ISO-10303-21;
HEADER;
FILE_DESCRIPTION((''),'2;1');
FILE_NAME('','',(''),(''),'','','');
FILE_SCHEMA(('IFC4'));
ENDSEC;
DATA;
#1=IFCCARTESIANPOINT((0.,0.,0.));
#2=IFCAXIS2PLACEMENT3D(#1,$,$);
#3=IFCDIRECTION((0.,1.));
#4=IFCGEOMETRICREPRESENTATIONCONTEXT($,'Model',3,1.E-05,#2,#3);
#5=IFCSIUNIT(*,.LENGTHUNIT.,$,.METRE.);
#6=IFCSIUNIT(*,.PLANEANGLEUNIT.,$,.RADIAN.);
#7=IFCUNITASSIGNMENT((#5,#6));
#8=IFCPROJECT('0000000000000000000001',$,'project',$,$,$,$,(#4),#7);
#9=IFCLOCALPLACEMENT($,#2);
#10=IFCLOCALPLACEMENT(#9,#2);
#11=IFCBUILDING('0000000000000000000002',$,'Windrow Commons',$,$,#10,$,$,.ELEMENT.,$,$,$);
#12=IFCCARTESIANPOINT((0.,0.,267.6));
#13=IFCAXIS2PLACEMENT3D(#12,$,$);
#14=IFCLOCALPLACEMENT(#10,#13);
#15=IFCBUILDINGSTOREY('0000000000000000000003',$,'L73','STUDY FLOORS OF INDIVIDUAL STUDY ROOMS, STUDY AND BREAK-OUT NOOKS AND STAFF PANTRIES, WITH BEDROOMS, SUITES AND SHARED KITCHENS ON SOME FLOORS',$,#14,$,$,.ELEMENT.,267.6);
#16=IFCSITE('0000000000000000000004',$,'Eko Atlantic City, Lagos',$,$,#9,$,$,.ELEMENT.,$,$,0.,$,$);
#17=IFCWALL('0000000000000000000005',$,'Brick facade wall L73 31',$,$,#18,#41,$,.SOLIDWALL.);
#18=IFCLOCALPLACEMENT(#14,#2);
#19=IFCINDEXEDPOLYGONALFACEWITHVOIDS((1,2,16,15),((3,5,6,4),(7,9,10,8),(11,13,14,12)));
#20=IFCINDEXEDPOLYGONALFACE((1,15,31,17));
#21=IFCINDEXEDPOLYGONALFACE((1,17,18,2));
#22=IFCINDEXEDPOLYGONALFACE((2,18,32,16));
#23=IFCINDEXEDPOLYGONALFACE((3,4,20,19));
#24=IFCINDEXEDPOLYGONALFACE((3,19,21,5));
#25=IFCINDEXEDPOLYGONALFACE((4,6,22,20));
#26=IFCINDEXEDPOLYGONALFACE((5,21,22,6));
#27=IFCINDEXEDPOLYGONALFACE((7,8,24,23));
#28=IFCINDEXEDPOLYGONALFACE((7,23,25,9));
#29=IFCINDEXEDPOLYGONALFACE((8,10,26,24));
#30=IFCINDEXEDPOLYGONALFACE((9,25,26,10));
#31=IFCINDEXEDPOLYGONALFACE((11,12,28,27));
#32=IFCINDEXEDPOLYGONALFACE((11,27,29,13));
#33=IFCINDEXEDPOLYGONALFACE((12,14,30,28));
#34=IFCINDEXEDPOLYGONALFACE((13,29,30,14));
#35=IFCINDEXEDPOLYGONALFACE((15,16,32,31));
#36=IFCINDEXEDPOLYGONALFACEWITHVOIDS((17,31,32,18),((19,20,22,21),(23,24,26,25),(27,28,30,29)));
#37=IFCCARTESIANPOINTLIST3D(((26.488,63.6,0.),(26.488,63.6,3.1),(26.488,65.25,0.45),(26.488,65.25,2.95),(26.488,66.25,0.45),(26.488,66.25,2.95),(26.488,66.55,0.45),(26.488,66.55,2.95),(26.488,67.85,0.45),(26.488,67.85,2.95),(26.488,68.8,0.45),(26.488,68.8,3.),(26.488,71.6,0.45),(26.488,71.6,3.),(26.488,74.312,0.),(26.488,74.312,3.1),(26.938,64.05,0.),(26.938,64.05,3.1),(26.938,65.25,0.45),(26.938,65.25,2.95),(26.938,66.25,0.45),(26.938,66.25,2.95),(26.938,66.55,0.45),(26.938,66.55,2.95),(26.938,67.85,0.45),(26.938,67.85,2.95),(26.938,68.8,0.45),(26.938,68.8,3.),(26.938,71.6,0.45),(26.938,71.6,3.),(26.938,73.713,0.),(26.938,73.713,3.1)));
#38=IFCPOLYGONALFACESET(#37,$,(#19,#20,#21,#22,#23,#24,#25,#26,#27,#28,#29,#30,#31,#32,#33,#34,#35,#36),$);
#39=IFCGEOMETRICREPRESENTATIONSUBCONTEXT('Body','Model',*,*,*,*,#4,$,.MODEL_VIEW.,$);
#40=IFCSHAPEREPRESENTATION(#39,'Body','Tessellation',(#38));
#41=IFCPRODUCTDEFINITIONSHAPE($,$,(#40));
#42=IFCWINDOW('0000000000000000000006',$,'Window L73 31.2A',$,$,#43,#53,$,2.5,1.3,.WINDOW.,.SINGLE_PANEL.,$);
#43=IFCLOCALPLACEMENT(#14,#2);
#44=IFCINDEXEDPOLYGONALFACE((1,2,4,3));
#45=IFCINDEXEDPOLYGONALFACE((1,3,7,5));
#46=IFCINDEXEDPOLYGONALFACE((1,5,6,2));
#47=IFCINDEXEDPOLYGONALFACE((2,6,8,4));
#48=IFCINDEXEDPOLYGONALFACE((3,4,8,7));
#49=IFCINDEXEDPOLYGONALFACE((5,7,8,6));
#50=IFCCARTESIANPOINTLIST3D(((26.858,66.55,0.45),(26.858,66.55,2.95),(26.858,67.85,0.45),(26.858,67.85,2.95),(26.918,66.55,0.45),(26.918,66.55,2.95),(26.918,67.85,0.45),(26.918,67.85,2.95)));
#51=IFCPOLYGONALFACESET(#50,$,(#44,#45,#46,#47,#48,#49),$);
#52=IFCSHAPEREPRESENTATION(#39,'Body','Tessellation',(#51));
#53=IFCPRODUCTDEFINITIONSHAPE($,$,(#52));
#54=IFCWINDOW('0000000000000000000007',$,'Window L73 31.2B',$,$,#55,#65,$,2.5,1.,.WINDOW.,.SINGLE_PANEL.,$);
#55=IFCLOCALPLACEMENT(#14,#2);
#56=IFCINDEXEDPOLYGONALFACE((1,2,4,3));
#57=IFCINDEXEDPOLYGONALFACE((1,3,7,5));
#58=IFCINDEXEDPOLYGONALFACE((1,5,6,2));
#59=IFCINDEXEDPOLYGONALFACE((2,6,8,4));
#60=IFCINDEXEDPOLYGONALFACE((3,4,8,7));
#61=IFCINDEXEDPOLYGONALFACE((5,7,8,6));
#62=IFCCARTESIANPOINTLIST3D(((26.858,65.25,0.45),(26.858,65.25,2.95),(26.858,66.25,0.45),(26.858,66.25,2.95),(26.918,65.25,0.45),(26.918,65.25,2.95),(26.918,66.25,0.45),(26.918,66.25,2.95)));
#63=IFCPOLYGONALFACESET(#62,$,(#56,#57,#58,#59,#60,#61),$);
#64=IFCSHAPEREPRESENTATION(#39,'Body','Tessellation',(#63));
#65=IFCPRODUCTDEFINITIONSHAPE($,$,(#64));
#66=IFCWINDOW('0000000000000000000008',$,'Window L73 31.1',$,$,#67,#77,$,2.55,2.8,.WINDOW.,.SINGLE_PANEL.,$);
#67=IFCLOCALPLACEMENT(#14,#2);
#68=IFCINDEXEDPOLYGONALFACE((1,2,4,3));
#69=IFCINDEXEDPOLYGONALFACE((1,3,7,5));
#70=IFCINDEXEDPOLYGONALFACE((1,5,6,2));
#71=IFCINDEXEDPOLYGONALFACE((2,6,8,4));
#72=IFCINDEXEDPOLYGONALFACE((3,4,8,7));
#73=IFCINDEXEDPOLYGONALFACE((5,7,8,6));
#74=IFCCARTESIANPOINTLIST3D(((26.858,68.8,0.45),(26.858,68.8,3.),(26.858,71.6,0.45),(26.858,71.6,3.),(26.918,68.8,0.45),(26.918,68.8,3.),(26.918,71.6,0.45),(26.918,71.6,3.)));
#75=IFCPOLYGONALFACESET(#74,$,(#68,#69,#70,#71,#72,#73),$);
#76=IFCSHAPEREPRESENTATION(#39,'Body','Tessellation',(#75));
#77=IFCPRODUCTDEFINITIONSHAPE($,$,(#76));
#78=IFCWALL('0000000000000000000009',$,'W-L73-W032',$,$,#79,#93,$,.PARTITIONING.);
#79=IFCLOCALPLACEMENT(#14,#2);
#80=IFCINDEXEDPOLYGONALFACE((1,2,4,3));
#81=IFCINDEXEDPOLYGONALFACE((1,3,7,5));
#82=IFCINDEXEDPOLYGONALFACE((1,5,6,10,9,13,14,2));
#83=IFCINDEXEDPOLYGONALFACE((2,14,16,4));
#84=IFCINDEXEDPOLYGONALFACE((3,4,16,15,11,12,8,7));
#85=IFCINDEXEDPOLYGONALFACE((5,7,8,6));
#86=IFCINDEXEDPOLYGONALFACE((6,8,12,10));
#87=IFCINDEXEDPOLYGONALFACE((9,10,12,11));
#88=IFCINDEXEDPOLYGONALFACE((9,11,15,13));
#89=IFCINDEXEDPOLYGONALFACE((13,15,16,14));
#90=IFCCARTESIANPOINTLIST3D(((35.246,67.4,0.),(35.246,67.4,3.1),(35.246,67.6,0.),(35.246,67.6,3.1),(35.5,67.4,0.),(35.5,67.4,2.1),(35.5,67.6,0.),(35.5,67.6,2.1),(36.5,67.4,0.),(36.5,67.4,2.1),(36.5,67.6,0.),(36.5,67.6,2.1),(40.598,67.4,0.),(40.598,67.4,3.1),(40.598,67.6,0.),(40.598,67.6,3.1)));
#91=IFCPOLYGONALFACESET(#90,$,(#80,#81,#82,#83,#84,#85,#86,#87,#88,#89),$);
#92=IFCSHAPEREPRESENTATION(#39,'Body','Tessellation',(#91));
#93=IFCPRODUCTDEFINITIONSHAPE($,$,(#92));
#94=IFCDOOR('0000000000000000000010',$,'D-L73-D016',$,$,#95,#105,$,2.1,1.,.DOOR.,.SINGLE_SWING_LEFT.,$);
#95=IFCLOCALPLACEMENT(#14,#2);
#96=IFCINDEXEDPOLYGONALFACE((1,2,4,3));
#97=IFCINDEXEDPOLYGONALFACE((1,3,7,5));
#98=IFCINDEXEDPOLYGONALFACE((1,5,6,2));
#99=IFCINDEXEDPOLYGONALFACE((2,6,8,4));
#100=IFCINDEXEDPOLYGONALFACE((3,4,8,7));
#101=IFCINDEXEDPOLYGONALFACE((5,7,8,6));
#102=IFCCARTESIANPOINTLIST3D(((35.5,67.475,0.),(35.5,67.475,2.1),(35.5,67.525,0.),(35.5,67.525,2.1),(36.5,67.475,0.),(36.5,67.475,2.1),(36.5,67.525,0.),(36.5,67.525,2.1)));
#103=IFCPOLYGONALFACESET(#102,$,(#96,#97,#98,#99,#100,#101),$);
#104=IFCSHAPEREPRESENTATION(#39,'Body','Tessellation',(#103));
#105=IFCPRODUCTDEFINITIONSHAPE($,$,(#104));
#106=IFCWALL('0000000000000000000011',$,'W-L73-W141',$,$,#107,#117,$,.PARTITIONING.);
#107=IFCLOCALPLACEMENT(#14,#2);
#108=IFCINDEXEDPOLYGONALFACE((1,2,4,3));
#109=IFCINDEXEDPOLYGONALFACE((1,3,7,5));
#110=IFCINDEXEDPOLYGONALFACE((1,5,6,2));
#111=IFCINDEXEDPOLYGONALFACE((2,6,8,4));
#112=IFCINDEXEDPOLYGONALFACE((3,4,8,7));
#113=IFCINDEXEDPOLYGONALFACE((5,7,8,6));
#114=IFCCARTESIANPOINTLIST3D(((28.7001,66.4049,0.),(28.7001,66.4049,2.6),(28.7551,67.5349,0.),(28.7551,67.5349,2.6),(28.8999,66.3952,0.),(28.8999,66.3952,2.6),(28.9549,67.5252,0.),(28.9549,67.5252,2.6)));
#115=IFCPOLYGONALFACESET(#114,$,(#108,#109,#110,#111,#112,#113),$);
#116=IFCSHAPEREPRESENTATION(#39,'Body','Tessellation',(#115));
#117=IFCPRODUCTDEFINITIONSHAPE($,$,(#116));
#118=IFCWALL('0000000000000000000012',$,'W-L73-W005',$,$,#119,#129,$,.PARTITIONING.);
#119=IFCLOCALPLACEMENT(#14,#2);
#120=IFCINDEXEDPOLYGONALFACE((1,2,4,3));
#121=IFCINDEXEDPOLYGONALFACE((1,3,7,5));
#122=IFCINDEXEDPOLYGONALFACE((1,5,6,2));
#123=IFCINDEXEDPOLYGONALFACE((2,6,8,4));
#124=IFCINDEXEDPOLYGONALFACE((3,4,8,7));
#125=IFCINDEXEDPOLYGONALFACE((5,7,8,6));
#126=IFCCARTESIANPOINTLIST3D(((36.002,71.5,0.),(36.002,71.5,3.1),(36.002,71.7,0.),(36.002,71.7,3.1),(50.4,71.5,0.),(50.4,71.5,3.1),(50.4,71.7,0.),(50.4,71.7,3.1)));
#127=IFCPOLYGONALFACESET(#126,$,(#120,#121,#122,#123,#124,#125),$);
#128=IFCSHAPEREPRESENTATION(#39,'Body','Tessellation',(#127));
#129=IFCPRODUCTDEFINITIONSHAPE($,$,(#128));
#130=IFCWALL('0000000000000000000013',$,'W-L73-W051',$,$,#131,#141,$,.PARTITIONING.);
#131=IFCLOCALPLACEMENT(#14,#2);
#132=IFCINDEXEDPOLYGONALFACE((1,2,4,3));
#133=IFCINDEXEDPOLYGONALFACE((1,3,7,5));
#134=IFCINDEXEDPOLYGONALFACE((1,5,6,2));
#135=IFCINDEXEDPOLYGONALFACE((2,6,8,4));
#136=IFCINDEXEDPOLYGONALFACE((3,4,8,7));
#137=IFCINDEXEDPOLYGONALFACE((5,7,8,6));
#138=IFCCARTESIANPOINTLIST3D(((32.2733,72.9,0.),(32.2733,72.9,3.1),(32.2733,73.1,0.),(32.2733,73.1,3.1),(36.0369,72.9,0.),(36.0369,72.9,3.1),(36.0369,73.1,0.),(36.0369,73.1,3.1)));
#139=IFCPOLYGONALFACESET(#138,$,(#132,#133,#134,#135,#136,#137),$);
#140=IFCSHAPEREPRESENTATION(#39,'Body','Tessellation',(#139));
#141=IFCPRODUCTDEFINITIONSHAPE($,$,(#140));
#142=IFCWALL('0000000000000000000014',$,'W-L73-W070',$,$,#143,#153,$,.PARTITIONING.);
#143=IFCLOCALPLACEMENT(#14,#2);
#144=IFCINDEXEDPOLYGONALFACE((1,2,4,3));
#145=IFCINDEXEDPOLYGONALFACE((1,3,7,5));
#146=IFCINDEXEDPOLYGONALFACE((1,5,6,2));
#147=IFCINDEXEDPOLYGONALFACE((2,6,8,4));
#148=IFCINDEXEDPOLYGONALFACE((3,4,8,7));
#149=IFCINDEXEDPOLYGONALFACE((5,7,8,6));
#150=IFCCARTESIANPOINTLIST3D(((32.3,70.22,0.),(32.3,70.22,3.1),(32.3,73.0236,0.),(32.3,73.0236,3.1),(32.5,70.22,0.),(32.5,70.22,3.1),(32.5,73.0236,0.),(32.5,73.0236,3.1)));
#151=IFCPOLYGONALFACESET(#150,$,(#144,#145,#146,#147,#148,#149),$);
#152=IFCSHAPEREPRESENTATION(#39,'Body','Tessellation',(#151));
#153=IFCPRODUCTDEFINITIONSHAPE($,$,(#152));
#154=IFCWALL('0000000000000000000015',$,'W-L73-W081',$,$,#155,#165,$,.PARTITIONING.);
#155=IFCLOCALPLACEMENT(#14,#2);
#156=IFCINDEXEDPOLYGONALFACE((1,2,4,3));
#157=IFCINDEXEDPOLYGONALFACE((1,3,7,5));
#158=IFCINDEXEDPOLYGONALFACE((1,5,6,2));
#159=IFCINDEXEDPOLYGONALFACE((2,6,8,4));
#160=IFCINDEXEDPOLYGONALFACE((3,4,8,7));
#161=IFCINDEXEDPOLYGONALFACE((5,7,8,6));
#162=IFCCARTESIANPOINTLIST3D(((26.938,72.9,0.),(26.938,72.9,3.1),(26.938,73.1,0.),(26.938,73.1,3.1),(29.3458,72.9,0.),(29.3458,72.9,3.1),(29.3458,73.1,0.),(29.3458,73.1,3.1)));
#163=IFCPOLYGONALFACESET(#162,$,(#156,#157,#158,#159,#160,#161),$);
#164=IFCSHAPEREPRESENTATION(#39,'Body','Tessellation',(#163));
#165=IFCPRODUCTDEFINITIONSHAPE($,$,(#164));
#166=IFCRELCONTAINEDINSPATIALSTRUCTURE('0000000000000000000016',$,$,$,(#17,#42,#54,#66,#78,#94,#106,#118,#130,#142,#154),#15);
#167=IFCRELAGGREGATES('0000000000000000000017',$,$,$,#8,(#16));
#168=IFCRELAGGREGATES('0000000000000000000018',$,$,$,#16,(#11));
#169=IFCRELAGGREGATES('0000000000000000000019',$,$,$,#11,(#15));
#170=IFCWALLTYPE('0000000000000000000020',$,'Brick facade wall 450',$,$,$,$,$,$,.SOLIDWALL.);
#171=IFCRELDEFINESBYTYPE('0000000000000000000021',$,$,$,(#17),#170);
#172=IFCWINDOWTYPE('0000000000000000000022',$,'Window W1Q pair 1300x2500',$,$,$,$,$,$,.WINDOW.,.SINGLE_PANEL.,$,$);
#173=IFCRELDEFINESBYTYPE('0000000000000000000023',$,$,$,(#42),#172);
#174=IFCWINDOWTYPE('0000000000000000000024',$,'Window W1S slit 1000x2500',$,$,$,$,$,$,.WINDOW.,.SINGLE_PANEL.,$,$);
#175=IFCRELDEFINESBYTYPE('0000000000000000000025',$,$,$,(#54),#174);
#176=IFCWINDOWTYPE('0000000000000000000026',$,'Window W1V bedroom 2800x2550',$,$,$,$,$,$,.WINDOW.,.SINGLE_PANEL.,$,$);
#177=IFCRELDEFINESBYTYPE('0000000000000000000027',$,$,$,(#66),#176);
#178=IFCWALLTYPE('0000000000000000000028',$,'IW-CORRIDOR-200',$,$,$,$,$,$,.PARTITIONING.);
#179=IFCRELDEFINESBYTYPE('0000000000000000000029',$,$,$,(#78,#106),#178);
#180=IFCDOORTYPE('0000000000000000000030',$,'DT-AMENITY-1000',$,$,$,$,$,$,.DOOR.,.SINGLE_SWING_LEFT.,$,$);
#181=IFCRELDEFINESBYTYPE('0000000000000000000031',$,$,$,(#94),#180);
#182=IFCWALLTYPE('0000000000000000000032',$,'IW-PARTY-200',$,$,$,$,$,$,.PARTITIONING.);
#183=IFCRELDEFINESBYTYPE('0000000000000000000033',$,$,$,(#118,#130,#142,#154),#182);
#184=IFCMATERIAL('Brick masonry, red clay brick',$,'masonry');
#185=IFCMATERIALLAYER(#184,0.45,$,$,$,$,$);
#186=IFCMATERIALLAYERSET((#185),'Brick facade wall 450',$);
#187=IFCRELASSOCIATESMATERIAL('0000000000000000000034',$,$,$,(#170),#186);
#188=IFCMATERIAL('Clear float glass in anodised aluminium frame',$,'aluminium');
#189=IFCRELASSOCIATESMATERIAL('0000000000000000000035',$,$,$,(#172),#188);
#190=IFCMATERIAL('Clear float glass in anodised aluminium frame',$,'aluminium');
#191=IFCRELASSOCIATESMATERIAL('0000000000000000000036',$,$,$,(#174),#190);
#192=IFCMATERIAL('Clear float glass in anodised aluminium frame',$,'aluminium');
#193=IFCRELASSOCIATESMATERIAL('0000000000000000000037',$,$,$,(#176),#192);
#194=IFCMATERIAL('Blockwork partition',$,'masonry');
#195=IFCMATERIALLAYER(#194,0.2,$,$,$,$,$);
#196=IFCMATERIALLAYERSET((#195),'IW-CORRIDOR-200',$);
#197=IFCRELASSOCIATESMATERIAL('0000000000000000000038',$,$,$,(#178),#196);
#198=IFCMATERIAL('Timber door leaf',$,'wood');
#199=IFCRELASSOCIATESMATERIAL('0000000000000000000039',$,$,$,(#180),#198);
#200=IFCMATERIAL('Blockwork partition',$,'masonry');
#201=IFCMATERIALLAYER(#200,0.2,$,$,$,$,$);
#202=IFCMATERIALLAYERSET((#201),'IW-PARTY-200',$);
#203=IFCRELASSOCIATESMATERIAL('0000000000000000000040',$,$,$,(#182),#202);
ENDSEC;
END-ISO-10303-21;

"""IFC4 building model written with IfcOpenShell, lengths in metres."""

from ifc_helpers import new_model, si_unit, direction, frame, frame_2d, origin, place, context, subcontext, project, spatial, polyline, rectangle, outline, extrude, material, layer, layer_set, type_object, element, fill, save


model = new_model("IFC4")

# Units and contexts
model_context = context("Model", 3, precision=1e-05, world=origin(), true_north=direction((0.0, 1.0)))
body_context = subcontext(model_context, "Body", "Model", "MODEL_VIEW")
ifc_project = project(units=[si_unit("LENGTHUNIT", "METRE"), si_unit("PLANEANGLEUNIT", "RADIAN")], contexts=[model_context])

# Site, building, storey
site_placement = place(None, origin())
site = spatial("IfcSite", under=ifc_project, at=site_placement, Name="Eko Atlantic City, Lagos", CompositionType="ELEMENT", RefElevation=0.0)
building_placement = place(site_placement, origin())
building = spatial("IfcBuilding", under=site, at=building_placement, Name="Windrow Commons", CompositionType="ELEMENT")
storey_placement = place(building_placement, frame((0.0, 0.0, 267.6)))
storey = spatial("IfcBuildingStorey", under=building, at=storey_placement, Name="L73", Description="STUDY FLOORS OF INDIVIDUAL STUDY ROOMS, STUDY AND BREAK-OUT NOOKS AND STAFF PANTRIES, WITH BEDROOMS, SUITES AND SHARED KITCHENS ON SOME FLOORS", CompositionType="ELEMENT", Elevation=267.6)

# Shared definitions
ifc_material_1 = material(Name="Brick masonry, red clay brick", Category="masonry")
ifc_layer_1 = layer(ifc_material_1, 0.45)
ifc_layer_set_1 = layer_set([ifc_layer_1], Name="Brick facade wall 450")
wall_type_1 = type_object("IfcWallType", Name="Brick facade wall 450", PredefinedType="SOLIDWALL", material=ifc_layer_set_1)

# Wall, openings, windows
wall_1_placement = place(storey_placement, frame((26.713, 74.0125, 0.0), z_axis=(0.0, 0.0, 1.0), x_axis=(0.0, -1.0, 0.0)))
wall_1 = element("IfcWall", 1, at=wall_1_placement, inside=storey, type_object=wall_type_1, Name="Brick facade wall L73 31", PredefinedType="SOLIDWALL", context=body_context, shape_type="SweptSolid", body=[
    extrude(outline(polyline([(-0.2995, -0.225), (10.4125, -0.225), (9.9625, 0.225), (0.2995, 0.225), (-0.2995, -0.225)])), origin(), (0.0, 0.0, 1.0), 3.1),
])
opening_1_placement = place(wall_1_placement, frame((2.4125, 0.0, 0.45)))
opening_1 = element("IfcOpeningElement", 2, at=opening_1_placement, cuts=wall_1, PredefinedType="OPENING", context=body_context, shape_type="SweptSolid", body=[
    extrude(rectangle(XDim=2.8, YDim=2.55, at=frame_2d((1.4, 1.275))), frame((0.0, 0.235, 0.0), z_axis=(0.0, -1.0, 0.0), x_axis=(1.0, 0.0, 0.0)), (0.0, 0.0, 1.0), 0.47),
])
opening_2_placement = place(wall_1_placement, frame((6.1625, 0.0, 0.45)))
opening_2 = element("IfcOpeningElement", 3, at=opening_2_placement, cuts=wall_1, PredefinedType="OPENING", context=body_context, shape_type="SweptSolid", body=[
    extrude(rectangle(XDim=1.3, YDim=2.5, at=frame_2d((0.65, 1.25))), frame((0.0, 0.235, 0.0), z_axis=(0.0, -1.0, 0.0), x_axis=(1.0, 0.0, 0.0)), (0.0, 0.0, 1.0), 0.47),
])
opening_3_placement = place(wall_1_placement, frame((7.7625, 0.0, 0.45)))
opening_3 = element("IfcOpeningElement", 4, at=opening_3_placement, cuts=wall_1, PredefinedType="OPENING", context=body_context, shape_type="SweptSolid", body=[
    extrude(rectangle(XDim=1.0, YDim=2.5, at=frame_2d((0.5, 1.25))), frame((0.0, 0.235, 0.0), z_axis=(0.0, -1.0, 0.0), x_axis=(1.0, 0.0, 0.0)), (0.0, 0.0, 1.0), 0.47),
])
ifc_material_2 = material(Name="Clear float glass in anodised aluminium frame", Category="aluminium")
window_type_1 = type_object("IfcWindowType", Name="Window W1Q pair 1300x2500", PartitioningType="SINGLE_PANEL", PredefinedType="WINDOW", material=ifc_material_2)
window_1_placement = place(opening_2_placement, origin())
window_1 = element("IfcWindow", 5, at=window_1_placement, inside=storey, type_object=window_type_1, Name="Window L73 31.2A", OverallHeight=2.5, OverallWidth=1.3, PartitioningType="SINGLE_PANEL", PredefinedType="WINDOW", context=body_context, shape_type="SweptSolid", body=[
    extrude(rectangle(XDim=1.3, YDim=2.5, at=frame_2d((0.65, 1.25))), frame((0.0, 0.205, 0.0), z_axis=(0.0, -1.0, 0.0), x_axis=(1.0, 0.0, 0.0)), (0.0, 0.0, 1.0), 0.06),
])
fill(opening_2, window_1)
ifc_material_3 = material(Name="Clear float glass in anodised aluminium frame", Category="aluminium")
window_type_2 = type_object("IfcWindowType", Name="Window W1S slit 1000x2500", PartitioningType="SINGLE_PANEL", PredefinedType="WINDOW", material=ifc_material_3)
window_2_placement = place(opening_3_placement, origin())
window_2 = element("IfcWindow", 6, at=window_2_placement, inside=storey, type_object=window_type_2, Name="Window L73 31.2B", OverallHeight=2.5, OverallWidth=1.0, PartitioningType="SINGLE_PANEL", PredefinedType="WINDOW", context=body_context, shape_type="SweptSolid", body=[
    extrude(rectangle(XDim=1.0, YDim=2.5, at=frame_2d((0.5, 1.25))), frame((0.0, 0.205, 0.0), z_axis=(0.0, -1.0, 0.0), x_axis=(1.0, 0.0, 0.0)), (0.0, 0.0, 1.0), 0.06),
])
fill(opening_3, window_2)
ifc_material_4 = material(Name="Clear float glass in anodised aluminium frame", Category="aluminium")
window_type_3 = type_object("IfcWindowType", Name="Window W1V bedroom 2800x2550", PartitioningType="SINGLE_PANEL", PredefinedType="WINDOW", material=ifc_material_4)
window_3_placement = place(opening_1_placement, origin())
window_3 = element("IfcWindow", 7, at=window_3_placement, inside=storey, type_object=window_type_3, Name="Window L73 31.1", OverallHeight=2.55, OverallWidth=2.8, PartitioningType="SINGLE_PANEL", PredefinedType="WINDOW", context=body_context, shape_type="SweptSolid", body=[
    extrude(rectangle(XDim=2.8, YDim=2.55, at=frame_2d((1.4, 1.275))), frame((0.0, 0.205, 0.0), z_axis=(0.0, -1.0, 0.0), x_axis=(1.0, 0.0, 0.0)), (0.0, 0.0, 1.0), 0.06),
])
fill(opening_1, window_3)

# Wall, opening, door
ifc_material_5 = material(Name="Blockwork partition", Category="masonry")
ifc_layer_2 = layer(ifc_material_5, 0.2)
ifc_layer_set_2 = layer_set([ifc_layer_2], Name="IW-CORRIDOR-200")
wall_type_2 = type_object("IfcWallType", Name="IW-CORRIDOR-200", PredefinedType="PARTITIONING", material=ifc_layer_set_2)
wall_2_placement = place(storey_placement, frame((35.246, 67.5, 0.0), z_axis=(0.0, 0.0, 1.0), x_axis=(1.0, 0.0, 0.0)))
wall_2 = element("IfcWall", 8, at=wall_2_placement, inside=storey, type_object=wall_type_2, Name="W-L73-W032", PredefinedType="PARTITIONING", context=body_context, shape_type="SweptSolid", body=[
    extrude(rectangle(XDim=5.352, YDim=0.2, at=frame_2d((2.676, 0.0))), origin(), (0.0, 0.0, 1.0), 3.1),
])
opening_4_placement = place(wall_2_placement, frame((0.254, 0.0, 0.0)))
opening_4 = element("IfcOpeningElement", 9, at=opening_4_placement, cuts=wall_2, PredefinedType="OPENING", context=body_context, shape_type="SweptSolid", body=[
    extrude(rectangle(XDim=1.0, YDim=2.1, at=frame_2d((0.5, 1.05))), frame((0.0, 0.11, 0.0), z_axis=(0.0, -1.0, 0.0), x_axis=(1.0, 0.0, 0.0)), (0.0, 0.0, 1.0), 0.22),
])
ifc_material_6 = material(Name="Timber door leaf", Category="wood")
door_type = type_object("IfcDoorType", Name="DT-AMENITY-1000", OperationType="SINGLE_SWING_LEFT", PredefinedType="DOOR", material=ifc_material_6)
door_placement = place(opening_4_placement, origin())
door = element("IfcDoor", 10, at=door_placement, inside=storey, type_object=door_type, Name="D-L73-D016", OperationType="SINGLE_SWING_LEFT", OverallHeight=2.1, OverallWidth=1.0, PredefinedType="DOOR", context=body_context, shape_type="SweptSolid", body=[
    extrude(rectangle(XDim=1.0, YDim=2.1, at=frame_2d((0.5, 1.05))), frame((0.0, 0.025, 0.0), z_axis=(0.0, -1.0, 0.0), x_axis=(1.0, 0.0, 0.0)), (0.0, 0.0, 1.0), 0.05),
])
fill(opening_4, door)

# Walls
wall_3_placement = place(storey_placement, frame((28.855, 67.53, 0.0), z_axis=(0.0, 0.0, 1.0), x_axis=(-0.048615, -0.998818, 0.0)))
element("IfcWall", 11, at=wall_3_placement, inside=storey, type_object=wall_type_2, Name="W-L73-W141", PredefinedType="PARTITIONING", context=body_context, shape_type="SweptSolid", body=[
    extrude(rectangle(XDim=1.1313, YDim=0.2, at=frame_2d((0.5656, 0.0))), origin(), (0.0, 0.0, 1.0), 2.6),
])
ifc_material_7 = material(Name="Blockwork partition", Category="masonry")
ifc_layer_3 = layer(ifc_material_7, 0.2)
ifc_layer_set_3 = layer_set([ifc_layer_3], Name="IW-PARTY-200")
wall_type_3 = type_object("IfcWallType", Name="IW-PARTY-200", PredefinedType="PARTITIONING", material=ifc_layer_set_3)
wall_4_placement = place(storey_placement, frame((36.002, 71.6, 0.0), z_axis=(0.0, 0.0, 1.0), x_axis=(1.0, 0.0, 0.0)))
element("IfcWall", 12, at=wall_4_placement, inside=storey, type_object=wall_type_3, Name="W-L73-W005", PredefinedType="PARTITIONING", context=body_context, shape_type="SweptSolid", body=[
    extrude(rectangle(XDim=14.398, YDim=0.2, at=frame_2d((7.199, 0.0))), origin(), (0.0, 0.0, 1.0), 3.1),
])
wall_5_placement = place(storey_placement, frame((32.2733, 73.0, 0.0), z_axis=(0.0, 0.0, 1.0), x_axis=(1.0, 0.0, 0.0)))
element("IfcWall", 13, at=wall_5_placement, inside=storey, type_object=wall_type_3, Name="W-L73-W051", PredefinedType="PARTITIONING", context=body_context, shape_type="SweptSolid", body=[
    extrude(rectangle(XDim=3.7636, YDim=0.2, at=frame_2d((1.8818, 0.0))), origin(), (0.0, 0.0, 1.0), 3.1),
])
wall_6_placement = place(storey_placement, frame((32.4, 70.22, 0.0), z_axis=(0.0, 0.0, 1.0), x_axis=(0.0, 1.0, 0.0)))
element("IfcWall", 14, at=wall_6_placement, inside=storey, type_object=wall_type_3, Name="W-L73-W070", PredefinedType="PARTITIONING", context=body_context, shape_type="SweptSolid", body=[
    extrude(rectangle(XDim=2.8036, YDim=0.2, at=frame_2d((1.4018, 0.0))), origin(), (0.0, 0.0, 1.0), 3.1),
])
wall_7_placement = place(storey_placement, frame((26.938, 73.0, 0.0), z_axis=(0.0, 0.0, 1.0), x_axis=(1.0, 0.0, 0.0)))
element("IfcWall", 15, at=wall_7_placement, inside=storey, type_object=wall_type_3, Name="W-L73-W081", PredefinedType="PARTITIONING", context=body_context, shape_type="SweptSolid", body=[
    extrude(rectangle(XDim=2.4077, YDim=0.2, at=frame_2d((1.2039, 0.0))), origin(), (0.0, 0.0, 1.0), 3.1),
])

save(model, "model.ifc")
